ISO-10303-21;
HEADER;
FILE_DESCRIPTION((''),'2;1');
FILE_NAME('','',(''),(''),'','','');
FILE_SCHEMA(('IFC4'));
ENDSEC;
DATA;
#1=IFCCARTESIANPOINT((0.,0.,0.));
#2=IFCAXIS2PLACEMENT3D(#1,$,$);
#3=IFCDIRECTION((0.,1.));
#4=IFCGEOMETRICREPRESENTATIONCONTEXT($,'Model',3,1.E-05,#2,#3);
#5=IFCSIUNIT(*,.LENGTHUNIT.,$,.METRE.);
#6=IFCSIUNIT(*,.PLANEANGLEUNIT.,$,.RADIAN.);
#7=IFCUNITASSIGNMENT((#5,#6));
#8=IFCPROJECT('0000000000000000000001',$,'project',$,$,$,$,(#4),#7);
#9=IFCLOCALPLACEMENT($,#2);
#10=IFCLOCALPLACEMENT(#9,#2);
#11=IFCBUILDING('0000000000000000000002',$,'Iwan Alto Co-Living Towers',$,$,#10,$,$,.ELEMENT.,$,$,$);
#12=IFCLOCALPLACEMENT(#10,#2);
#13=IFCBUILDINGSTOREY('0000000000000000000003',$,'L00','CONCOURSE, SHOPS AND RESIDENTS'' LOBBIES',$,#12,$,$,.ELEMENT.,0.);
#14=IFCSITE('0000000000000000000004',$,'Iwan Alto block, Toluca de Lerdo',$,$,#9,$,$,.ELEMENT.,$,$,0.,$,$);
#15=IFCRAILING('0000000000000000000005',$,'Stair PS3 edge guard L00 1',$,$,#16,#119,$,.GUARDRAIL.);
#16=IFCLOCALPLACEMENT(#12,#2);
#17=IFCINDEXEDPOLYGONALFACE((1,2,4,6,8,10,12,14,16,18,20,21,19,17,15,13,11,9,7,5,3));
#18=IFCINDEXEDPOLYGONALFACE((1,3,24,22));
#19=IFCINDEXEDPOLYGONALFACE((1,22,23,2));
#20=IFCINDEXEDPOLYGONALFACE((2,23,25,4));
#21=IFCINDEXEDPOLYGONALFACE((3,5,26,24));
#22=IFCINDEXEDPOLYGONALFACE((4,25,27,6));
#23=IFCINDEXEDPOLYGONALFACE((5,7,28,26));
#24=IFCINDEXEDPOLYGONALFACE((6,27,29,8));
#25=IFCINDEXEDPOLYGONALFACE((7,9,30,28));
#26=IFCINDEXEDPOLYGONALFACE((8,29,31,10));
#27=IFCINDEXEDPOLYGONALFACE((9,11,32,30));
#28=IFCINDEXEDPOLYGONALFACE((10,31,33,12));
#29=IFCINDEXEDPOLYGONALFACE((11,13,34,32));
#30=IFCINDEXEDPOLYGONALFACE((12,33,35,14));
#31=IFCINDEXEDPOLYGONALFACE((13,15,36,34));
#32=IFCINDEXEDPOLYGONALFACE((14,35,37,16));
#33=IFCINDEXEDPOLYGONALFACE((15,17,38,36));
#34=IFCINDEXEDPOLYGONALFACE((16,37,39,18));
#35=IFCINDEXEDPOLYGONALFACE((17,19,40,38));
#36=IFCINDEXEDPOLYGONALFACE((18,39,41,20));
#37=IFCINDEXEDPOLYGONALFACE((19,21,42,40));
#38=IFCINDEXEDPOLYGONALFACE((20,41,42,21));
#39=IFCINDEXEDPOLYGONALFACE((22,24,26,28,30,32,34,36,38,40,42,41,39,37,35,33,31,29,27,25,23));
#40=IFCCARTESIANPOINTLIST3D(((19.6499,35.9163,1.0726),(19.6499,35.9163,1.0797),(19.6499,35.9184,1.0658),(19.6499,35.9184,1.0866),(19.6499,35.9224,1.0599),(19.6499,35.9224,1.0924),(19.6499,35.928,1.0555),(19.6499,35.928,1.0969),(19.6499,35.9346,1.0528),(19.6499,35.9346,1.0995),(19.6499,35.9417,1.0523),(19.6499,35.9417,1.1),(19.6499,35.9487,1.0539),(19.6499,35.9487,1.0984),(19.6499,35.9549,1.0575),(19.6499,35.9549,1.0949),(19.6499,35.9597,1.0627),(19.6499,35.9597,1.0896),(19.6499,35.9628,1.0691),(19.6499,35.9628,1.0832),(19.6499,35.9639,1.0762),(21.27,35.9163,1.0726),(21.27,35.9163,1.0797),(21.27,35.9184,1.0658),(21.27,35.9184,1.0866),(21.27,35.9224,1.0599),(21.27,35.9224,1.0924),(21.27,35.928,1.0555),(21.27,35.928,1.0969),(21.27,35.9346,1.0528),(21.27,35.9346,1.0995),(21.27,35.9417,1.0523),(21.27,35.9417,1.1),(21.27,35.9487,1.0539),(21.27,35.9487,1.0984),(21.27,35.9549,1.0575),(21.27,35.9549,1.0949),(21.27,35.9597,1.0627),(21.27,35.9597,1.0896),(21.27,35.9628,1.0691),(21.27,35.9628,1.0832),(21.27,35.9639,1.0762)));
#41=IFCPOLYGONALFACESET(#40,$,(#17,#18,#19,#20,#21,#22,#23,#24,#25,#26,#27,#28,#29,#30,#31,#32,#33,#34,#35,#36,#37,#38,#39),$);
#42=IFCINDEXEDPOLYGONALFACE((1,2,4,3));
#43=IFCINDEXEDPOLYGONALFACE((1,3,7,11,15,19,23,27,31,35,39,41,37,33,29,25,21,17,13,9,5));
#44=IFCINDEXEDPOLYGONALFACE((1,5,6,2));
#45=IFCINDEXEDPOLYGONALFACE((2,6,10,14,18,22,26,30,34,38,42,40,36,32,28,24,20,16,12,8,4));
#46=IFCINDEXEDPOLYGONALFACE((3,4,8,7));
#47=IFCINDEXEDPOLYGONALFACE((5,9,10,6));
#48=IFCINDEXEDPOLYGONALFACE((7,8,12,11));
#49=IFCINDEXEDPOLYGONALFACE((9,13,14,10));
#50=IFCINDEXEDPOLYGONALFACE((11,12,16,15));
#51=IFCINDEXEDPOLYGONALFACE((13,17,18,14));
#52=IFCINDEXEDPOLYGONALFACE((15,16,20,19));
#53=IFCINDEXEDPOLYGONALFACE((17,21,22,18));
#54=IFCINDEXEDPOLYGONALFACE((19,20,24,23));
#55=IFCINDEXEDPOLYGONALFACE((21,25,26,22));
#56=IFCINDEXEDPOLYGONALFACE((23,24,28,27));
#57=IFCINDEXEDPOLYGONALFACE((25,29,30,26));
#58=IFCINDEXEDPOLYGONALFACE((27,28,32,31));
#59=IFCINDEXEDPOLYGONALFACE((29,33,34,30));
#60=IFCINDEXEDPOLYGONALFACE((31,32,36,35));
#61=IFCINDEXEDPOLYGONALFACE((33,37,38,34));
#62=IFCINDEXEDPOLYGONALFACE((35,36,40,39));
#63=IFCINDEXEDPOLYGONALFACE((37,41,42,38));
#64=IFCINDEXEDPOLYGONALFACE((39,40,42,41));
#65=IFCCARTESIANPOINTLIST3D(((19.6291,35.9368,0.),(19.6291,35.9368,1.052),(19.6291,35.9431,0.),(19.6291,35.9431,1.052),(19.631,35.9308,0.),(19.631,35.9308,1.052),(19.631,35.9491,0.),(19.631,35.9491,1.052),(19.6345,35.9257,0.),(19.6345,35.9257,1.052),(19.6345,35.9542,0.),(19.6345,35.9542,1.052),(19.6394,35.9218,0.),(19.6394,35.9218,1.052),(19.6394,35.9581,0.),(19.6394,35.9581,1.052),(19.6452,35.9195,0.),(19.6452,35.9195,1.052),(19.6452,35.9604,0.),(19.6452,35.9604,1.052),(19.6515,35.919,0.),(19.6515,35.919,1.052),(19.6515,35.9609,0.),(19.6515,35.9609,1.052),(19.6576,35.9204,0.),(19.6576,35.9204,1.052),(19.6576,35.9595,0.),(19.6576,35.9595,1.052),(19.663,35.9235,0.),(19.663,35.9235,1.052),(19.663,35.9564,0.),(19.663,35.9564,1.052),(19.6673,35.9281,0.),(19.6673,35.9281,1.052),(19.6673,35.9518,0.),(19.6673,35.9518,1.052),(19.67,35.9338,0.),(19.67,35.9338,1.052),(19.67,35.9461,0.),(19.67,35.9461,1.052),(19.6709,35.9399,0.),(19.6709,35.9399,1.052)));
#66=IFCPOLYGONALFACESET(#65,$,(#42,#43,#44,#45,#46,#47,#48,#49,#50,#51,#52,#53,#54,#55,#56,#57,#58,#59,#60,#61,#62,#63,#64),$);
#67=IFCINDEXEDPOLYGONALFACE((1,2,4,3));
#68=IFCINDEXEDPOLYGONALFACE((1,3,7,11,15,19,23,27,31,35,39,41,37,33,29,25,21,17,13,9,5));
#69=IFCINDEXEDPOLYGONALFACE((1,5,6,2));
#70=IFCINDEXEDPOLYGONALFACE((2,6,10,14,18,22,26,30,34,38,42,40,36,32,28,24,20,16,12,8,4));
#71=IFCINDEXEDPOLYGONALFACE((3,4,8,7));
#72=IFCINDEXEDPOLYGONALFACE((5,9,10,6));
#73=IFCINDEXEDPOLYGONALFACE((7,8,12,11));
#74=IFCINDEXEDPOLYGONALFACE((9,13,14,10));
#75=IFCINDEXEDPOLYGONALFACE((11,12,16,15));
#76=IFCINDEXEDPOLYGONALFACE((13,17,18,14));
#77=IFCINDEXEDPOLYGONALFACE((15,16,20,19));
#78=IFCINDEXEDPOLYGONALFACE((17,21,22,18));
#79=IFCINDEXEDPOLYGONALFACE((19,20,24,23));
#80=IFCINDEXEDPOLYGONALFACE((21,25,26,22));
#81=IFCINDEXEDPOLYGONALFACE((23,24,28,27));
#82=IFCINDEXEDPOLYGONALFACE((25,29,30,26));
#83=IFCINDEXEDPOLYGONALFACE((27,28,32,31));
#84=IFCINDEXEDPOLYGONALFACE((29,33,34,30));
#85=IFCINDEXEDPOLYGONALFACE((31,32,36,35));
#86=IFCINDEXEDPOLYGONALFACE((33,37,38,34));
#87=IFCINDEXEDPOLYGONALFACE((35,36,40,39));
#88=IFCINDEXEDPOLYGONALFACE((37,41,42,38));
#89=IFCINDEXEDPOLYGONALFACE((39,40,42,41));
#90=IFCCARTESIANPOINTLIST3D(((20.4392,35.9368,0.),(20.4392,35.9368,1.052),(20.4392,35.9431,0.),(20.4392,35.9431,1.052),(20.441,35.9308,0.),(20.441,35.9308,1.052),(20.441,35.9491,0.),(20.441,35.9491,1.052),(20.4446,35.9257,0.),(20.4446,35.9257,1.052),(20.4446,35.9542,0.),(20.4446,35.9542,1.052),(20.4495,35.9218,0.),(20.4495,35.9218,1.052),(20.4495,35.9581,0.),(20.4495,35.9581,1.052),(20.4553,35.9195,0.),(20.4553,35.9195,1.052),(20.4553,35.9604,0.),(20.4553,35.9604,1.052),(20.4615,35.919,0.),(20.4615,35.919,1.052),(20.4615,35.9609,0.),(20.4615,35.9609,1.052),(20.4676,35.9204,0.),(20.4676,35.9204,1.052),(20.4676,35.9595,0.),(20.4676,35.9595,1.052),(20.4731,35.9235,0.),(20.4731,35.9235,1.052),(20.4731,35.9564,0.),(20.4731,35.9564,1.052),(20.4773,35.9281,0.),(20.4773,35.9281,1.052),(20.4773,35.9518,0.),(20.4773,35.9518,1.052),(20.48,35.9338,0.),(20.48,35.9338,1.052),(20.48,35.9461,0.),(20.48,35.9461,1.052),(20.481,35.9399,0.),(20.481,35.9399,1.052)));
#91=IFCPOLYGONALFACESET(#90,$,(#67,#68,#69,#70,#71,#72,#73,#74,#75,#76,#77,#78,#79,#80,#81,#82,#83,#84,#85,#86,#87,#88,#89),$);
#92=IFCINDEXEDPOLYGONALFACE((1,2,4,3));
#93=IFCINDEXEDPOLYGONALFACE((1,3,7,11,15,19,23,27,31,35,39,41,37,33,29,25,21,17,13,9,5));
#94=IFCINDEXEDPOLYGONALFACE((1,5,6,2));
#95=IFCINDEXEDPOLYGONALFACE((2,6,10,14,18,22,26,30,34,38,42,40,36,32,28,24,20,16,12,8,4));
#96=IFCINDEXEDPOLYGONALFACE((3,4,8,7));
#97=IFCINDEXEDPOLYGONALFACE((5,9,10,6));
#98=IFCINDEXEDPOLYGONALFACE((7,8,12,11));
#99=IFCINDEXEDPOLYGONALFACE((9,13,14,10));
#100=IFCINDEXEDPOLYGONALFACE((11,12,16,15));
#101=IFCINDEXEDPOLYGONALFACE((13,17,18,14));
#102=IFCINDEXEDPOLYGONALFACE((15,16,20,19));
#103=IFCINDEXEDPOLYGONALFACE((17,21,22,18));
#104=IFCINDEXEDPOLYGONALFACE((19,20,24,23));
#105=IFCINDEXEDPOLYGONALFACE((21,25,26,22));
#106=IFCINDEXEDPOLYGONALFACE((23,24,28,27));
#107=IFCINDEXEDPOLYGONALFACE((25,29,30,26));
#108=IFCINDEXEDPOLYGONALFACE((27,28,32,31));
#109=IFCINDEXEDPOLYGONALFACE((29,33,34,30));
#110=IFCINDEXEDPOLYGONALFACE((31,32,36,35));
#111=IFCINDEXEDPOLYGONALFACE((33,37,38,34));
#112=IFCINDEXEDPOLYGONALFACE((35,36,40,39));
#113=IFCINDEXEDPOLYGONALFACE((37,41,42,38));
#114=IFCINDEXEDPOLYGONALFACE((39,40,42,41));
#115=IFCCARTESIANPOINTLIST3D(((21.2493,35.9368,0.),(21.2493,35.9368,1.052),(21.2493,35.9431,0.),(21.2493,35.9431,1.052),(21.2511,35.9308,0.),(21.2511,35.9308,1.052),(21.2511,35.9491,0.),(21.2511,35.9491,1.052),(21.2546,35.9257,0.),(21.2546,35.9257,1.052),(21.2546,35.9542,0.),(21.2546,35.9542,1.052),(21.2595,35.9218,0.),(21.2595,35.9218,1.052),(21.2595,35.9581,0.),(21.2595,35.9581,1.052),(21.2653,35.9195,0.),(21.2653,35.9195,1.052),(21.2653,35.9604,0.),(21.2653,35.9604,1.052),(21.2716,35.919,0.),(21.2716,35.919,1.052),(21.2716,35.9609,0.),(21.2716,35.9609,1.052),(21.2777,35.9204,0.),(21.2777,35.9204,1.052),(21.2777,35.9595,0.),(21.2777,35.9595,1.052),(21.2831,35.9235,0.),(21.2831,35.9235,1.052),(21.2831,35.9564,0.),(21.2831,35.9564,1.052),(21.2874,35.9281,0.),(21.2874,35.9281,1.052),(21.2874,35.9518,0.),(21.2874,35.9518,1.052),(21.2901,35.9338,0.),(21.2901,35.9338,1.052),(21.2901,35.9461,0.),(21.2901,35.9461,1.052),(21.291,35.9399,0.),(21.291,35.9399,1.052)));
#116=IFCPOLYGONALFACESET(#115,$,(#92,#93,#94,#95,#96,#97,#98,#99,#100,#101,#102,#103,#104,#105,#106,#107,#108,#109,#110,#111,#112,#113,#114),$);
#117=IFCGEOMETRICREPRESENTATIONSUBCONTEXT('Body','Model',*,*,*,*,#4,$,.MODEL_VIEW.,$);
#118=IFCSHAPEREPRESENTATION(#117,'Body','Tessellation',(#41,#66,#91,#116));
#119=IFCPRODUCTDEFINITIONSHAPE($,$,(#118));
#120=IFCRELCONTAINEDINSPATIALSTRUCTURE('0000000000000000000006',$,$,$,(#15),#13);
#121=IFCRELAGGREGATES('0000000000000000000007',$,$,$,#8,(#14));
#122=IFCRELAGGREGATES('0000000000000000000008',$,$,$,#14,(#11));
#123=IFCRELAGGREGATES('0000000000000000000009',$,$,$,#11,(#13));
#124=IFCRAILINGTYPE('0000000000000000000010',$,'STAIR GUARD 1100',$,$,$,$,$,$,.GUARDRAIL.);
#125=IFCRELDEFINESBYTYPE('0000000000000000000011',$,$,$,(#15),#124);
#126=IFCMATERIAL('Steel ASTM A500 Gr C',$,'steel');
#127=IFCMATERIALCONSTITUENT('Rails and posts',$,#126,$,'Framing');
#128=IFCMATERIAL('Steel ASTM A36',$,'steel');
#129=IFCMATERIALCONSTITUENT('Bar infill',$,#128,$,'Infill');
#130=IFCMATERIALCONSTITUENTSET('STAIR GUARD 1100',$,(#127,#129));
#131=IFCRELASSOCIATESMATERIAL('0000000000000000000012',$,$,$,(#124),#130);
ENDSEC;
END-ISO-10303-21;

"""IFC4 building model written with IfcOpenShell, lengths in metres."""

from ifc_helpers import new_model, si_unit, direction, frame, origin, origin_2d, place, context, subcontext, project, spatial, circle, extrude, material, constituent, constituent_set, type_object, element, save


model = new_model("IFC4")

# Units and contexts
model_context = context("Model", 3, precision=1e-05, world=origin(), true_north=direction((0.0, 1.0)))
body_context = subcontext(model_context, "Body", "Model", "MODEL_VIEW")
ifc_project = project(units=[si_unit("LENGTHUNIT", "METRE"), si_unit("PLANEANGLEUNIT", "RADIAN")], contexts=[model_context])

# Site, building, storey
site_placement = place(None, origin())
site = spatial("IfcSite", under=ifc_project, at=site_placement, Name="Iwan Alto block, Toluca de Lerdo", CompositionType="ELEMENT", RefElevation=0.0)
building_placement = place(site_placement, origin())
building = spatial("IfcBuilding", under=site, at=building_placement, Name="Iwan Alto Co-Living Towers", CompositionType="ELEMENT")
storey_placement = place(building_placement, origin())
storey = spatial("IfcBuildingStorey", under=building, at=storey_placement, Name="L00", Description="CONCOURSE, SHOPS AND RESIDENTS' LOBBIES", CompositionType="ELEMENT", Elevation=0.0)

# Shared definitions
ifc_material_1 = material(Name="Steel ASTM A36", Category="steel")

# Railing
ifc_material_2 = material(Name="Steel ASTM A500 Gr C", Category="steel")
ifc_constituent_1 = constituent(ifc_material_2, Name="Rails and posts", Category="Framing")
ifc_constituent_2 = constituent(ifc_material_1, Name="Bar infill", Category="Infill")
ifc_constituent_set_1 = constituent_set(constituents=[ifc_constituent_1, ifc_constituent_2], Name="STAIR GUARD 1100")
railing_type_1 = type_object("IfcRailingType", Name="STAIR GUARD 1100", PredefinedType="GUARDRAIL", material=ifc_constituent_set_1)
railing_1_placement = place(storey_placement, frame((19.6499, 35.9399, 0.0)))
element("IfcRailing", 1, at=railing_1_placement, inside=storey, type_object=railing_type_1, Name="Stair PS3 edge guard L00 1", PredefinedType="GUARDRAIL", context=body_context, shape_type="SweptSolid", body=[
    extrude(circle(Radius=0.0239, at=origin_2d()), frame((0.0, 0.0, 1.0762), z_axis=(1.0, 0.0, 0.0), x_axis=(0.0, 1.0, 0.0)), (0.0, 0.0, 1.0), 1.6201),
    extrude(circle(Radius=0.021, at=origin_2d()), origin(), (0.0, 0.0, 1.0), 1.052),
    extrude(circle(Radius=0.021, at=origin_2d()), frame((0.8101, 0.0, 0.0)), (0.0, 0.0, 1.0), 1.052),
    extrude(circle(Radius=0.021, at=origin_2d()), frame((1.6201, 0.0, 0.0)), (0.0, 0.0, 1.0), 1.052),
])

save(model, "model.ifc")
